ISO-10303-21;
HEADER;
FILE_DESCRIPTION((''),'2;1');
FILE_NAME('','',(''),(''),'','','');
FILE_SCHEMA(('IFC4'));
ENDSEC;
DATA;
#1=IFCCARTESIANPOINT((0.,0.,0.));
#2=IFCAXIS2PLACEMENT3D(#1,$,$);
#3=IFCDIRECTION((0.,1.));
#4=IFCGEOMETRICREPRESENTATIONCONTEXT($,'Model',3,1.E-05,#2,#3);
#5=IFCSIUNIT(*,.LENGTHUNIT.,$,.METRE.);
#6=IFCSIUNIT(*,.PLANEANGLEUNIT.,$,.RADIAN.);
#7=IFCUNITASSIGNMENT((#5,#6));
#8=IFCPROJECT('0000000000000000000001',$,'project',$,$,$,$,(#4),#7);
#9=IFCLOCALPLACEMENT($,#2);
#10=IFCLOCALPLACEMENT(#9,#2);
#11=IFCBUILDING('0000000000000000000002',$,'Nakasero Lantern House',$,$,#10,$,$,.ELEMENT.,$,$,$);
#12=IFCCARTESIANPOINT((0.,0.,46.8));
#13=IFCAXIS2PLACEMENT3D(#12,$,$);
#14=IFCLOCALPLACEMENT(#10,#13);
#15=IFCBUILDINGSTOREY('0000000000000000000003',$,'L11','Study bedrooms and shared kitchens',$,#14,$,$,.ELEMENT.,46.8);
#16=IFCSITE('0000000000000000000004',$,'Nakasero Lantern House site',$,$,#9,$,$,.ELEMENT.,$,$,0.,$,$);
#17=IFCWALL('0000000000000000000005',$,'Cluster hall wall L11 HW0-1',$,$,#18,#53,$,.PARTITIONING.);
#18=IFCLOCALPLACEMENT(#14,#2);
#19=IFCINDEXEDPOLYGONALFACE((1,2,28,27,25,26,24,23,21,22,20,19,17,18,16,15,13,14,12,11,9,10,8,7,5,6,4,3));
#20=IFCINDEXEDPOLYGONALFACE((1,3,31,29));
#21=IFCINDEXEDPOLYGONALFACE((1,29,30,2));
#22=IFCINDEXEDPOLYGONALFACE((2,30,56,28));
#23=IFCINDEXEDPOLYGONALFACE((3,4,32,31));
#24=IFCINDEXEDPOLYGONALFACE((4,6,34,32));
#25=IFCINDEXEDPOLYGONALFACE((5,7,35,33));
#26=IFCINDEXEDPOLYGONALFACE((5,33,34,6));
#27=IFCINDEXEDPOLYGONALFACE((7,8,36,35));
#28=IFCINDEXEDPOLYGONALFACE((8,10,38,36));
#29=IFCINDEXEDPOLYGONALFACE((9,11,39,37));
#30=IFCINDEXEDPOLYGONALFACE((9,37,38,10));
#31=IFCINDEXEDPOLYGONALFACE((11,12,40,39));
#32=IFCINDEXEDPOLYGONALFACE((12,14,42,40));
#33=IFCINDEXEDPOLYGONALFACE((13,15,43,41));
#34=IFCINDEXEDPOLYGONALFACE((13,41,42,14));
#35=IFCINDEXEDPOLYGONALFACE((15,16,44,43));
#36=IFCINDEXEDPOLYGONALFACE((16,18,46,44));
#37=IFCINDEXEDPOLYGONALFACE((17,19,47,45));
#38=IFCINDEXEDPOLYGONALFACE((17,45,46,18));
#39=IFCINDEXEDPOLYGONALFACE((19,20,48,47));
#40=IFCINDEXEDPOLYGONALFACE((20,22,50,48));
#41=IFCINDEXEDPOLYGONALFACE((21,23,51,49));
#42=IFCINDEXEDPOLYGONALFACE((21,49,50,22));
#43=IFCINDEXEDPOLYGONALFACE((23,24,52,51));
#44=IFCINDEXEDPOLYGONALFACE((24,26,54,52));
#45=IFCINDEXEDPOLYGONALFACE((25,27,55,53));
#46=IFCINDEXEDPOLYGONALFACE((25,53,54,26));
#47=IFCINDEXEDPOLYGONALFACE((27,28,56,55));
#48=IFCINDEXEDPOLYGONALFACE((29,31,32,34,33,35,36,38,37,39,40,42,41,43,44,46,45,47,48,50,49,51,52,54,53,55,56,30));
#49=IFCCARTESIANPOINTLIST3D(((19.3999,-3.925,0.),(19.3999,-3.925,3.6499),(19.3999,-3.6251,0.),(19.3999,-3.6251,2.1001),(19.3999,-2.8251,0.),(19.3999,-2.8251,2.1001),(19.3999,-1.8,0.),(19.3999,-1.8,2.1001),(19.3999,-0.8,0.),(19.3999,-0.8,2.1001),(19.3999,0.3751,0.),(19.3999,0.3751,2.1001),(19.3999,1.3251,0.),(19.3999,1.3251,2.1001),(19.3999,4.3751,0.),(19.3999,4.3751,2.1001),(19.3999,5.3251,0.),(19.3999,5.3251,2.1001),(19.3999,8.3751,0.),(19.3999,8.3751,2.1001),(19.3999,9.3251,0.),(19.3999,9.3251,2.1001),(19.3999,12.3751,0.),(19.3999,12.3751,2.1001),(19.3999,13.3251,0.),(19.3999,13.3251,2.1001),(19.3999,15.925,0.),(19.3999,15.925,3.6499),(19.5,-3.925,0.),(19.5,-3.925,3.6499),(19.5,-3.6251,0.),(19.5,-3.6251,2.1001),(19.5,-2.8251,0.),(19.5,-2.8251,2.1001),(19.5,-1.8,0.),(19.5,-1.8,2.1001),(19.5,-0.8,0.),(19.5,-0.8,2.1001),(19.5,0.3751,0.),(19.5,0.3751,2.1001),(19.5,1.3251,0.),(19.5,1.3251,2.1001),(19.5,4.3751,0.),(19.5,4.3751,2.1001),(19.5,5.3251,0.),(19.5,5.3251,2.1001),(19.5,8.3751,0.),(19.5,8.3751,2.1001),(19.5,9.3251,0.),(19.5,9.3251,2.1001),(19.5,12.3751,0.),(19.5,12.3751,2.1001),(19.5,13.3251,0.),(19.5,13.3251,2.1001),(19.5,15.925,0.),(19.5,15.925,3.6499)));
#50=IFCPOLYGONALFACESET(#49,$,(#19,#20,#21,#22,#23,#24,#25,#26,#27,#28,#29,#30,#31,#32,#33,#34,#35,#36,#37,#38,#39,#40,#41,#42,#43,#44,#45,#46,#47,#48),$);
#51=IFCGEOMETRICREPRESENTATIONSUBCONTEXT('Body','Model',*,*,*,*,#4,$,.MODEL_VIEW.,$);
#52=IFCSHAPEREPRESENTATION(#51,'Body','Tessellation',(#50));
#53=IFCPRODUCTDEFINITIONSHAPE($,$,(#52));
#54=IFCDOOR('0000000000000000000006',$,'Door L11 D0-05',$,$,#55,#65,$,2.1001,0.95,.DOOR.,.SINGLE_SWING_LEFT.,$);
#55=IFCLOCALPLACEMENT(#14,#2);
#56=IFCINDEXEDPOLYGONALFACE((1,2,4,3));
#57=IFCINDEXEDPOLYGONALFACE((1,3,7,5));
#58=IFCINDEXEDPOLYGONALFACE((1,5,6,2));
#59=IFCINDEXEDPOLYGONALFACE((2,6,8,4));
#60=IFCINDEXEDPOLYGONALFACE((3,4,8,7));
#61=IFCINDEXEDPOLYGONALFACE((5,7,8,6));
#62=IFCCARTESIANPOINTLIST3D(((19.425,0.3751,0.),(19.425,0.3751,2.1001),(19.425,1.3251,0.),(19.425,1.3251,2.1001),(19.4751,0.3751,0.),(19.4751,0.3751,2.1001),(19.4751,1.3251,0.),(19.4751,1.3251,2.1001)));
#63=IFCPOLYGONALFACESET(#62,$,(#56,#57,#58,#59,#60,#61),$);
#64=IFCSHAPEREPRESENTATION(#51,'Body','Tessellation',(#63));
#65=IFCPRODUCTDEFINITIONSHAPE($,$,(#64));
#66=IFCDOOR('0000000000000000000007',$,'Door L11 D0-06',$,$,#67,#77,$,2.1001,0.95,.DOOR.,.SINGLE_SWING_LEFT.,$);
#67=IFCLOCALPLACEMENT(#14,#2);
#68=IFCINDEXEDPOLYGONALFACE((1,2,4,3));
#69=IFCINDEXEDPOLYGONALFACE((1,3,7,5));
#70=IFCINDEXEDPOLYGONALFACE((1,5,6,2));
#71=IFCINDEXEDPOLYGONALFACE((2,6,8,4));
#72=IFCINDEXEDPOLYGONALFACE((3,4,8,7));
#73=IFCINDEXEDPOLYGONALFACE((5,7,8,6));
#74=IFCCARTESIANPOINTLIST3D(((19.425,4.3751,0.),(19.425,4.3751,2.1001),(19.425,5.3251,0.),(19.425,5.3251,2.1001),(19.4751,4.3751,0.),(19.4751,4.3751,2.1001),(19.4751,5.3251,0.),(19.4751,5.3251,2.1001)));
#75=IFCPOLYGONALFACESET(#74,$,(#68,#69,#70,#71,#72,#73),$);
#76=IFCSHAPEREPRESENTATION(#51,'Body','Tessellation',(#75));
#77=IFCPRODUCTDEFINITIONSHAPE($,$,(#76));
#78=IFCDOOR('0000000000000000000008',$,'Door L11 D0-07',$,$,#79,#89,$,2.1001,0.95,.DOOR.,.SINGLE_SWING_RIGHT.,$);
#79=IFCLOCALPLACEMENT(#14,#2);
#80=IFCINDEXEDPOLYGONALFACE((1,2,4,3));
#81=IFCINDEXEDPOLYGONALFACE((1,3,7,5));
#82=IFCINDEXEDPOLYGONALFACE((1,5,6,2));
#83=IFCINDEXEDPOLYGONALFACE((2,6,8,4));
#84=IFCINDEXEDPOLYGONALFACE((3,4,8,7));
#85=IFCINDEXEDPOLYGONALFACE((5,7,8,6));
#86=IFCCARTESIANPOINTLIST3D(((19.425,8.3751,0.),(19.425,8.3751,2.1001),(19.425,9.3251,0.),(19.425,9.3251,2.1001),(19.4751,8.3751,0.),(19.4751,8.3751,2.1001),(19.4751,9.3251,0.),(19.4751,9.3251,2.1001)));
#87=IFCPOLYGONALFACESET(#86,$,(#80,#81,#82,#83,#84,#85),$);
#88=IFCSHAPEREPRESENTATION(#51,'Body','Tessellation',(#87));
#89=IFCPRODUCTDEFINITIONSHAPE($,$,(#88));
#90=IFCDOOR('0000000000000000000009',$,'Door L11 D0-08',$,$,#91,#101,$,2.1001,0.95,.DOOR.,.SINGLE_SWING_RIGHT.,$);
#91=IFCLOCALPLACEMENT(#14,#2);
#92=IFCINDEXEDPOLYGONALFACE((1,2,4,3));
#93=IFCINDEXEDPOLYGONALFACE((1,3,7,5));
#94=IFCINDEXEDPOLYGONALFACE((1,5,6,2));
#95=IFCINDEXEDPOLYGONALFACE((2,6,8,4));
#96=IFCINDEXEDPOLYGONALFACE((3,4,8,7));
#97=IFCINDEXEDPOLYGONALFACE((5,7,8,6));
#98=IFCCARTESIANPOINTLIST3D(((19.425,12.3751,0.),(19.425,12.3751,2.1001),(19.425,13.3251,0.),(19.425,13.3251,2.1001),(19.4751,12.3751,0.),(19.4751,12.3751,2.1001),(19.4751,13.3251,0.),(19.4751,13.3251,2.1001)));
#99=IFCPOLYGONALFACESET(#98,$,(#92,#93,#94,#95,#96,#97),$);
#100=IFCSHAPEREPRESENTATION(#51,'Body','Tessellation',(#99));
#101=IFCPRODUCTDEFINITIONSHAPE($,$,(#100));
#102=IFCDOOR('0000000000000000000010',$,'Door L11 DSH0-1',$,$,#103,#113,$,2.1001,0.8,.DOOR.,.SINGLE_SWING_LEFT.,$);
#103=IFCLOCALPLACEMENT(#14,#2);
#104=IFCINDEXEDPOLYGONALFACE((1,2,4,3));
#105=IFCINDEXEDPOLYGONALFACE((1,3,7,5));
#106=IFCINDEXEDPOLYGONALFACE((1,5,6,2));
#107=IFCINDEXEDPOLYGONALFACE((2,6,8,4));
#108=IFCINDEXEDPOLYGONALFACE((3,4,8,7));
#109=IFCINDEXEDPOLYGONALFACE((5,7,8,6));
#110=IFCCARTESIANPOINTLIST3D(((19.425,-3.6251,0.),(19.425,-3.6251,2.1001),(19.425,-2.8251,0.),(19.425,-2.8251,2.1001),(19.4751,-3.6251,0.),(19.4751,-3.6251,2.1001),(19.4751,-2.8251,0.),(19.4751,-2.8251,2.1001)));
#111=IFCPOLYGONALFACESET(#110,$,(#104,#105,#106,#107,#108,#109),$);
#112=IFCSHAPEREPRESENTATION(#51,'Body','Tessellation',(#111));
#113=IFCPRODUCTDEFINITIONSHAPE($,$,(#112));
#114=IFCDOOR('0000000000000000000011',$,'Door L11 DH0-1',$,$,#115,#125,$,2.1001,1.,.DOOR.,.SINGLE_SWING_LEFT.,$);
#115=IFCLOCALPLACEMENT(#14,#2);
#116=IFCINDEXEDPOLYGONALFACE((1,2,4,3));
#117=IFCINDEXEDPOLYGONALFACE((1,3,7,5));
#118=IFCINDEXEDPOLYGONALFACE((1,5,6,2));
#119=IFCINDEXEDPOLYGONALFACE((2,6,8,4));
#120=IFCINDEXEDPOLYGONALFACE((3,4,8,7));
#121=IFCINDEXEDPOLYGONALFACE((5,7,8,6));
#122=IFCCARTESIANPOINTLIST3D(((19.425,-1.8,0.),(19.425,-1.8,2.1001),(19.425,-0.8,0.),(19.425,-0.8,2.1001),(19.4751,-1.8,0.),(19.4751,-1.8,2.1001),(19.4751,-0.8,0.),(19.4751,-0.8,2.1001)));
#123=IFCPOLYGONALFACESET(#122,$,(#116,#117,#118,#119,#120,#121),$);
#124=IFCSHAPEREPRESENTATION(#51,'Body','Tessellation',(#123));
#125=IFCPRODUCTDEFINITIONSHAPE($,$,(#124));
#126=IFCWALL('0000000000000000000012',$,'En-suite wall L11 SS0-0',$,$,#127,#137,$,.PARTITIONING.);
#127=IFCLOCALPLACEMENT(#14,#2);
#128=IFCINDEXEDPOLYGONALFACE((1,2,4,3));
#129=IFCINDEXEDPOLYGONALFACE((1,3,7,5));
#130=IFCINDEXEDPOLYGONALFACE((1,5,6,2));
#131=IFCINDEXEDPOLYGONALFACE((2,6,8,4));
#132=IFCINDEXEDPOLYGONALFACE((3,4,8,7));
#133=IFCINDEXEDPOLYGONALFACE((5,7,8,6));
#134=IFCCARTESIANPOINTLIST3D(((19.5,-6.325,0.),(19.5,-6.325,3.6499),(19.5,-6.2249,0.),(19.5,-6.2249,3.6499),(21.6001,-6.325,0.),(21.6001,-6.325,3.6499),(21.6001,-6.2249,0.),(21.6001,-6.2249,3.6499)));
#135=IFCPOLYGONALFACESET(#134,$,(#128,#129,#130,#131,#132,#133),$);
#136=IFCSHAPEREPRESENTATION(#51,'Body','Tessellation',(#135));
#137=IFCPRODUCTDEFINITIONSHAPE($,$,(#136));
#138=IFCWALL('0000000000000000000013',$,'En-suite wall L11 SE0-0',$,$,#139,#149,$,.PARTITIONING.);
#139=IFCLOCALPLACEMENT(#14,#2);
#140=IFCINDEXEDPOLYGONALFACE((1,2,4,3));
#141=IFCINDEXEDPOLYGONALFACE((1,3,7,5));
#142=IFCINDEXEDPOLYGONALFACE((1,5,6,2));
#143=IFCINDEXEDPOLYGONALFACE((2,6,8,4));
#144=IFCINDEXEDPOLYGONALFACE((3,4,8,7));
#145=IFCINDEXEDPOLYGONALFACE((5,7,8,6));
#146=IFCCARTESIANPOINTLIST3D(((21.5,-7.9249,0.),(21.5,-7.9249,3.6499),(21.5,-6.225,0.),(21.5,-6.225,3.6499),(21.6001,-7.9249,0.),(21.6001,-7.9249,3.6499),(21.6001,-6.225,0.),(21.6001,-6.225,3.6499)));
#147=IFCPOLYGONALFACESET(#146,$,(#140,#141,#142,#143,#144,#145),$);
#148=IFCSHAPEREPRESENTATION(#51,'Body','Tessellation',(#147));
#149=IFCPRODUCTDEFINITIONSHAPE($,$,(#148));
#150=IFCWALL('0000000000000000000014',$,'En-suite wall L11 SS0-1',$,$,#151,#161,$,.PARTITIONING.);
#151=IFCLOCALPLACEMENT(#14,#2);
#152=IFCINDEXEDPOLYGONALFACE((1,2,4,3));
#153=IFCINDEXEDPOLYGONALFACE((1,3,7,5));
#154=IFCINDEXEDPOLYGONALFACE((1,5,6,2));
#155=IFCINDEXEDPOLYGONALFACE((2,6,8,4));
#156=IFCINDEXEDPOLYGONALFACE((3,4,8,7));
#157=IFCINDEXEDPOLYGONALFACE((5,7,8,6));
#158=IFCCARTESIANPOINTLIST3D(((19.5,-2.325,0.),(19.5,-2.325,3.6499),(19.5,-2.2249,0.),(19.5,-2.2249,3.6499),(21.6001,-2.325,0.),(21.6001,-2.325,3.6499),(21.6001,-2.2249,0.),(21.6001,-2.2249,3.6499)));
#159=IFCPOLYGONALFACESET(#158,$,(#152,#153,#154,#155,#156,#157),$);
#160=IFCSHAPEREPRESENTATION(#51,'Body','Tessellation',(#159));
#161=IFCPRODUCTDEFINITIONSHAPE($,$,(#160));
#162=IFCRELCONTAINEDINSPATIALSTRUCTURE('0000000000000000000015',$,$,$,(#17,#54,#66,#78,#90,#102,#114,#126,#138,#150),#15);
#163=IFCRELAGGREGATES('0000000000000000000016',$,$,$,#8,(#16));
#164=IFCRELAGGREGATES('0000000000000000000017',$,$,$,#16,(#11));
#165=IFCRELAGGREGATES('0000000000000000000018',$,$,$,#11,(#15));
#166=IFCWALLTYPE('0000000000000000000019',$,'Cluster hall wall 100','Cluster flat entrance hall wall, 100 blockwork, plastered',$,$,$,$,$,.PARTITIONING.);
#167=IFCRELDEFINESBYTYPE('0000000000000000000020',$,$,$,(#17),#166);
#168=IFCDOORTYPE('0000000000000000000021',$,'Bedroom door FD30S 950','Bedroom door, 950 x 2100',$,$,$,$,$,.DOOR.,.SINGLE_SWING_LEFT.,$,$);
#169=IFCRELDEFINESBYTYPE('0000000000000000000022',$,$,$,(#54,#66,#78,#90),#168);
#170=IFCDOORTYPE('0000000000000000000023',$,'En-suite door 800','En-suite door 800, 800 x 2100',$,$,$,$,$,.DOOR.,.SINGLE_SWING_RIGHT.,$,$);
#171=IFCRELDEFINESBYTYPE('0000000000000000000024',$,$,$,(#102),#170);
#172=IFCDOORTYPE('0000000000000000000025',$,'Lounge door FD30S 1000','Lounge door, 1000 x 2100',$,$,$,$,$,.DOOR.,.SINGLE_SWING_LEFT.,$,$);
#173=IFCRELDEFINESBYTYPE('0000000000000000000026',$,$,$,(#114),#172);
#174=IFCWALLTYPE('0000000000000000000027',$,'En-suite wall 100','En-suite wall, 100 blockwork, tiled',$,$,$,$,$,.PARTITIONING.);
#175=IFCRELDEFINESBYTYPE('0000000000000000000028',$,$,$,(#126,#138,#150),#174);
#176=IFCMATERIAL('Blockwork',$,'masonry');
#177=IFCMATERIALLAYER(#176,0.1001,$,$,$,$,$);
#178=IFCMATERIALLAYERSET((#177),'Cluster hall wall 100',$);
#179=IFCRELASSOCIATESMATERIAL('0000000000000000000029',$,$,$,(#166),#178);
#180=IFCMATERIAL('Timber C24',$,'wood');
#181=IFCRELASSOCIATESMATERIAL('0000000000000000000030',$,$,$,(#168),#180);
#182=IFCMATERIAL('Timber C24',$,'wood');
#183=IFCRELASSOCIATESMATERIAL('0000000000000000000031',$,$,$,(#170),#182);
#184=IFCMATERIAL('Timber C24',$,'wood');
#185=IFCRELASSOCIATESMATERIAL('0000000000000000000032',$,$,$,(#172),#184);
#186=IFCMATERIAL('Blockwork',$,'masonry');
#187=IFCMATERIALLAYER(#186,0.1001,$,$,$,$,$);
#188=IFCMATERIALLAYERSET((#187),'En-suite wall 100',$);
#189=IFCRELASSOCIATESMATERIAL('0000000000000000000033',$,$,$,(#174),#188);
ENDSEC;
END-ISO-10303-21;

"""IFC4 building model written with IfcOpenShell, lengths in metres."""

from ifc_helpers import new_model, si_unit, direction, frame, frame_2d, origin, place, context, subcontext, project, spatial, rectangle, extrude, material, layer, layer_set, type_object, element, fill, save


model = new_model("IFC4")

# Units and contexts
model_context = context("Model", 3, precision=1e-05, world=origin(), true_north=direction((0.0, 1.0)))
body_context = subcontext(model_context, "Body", "Model", "MODEL_VIEW")
ifc_project = project(units=[si_unit("LENGTHUNIT", "METRE"), si_unit("PLANEANGLEUNIT", "RADIAN")], contexts=[model_context])

# Site, building, storey
site_placement = place(None, origin())
site = spatial("IfcSite", under=ifc_project, at=site_placement, Name="Nakasero Lantern House site", CompositionType="ELEMENT", RefElevation=0.0)
building_placement = place(site_placement, origin())
building = spatial("IfcBuilding", under=site, at=building_placement, Name="Nakasero Lantern House", CompositionType="ELEMENT")
storey_placement = place(building_placement, frame((0.0, 0.0, 46.8)))
storey = spatial("IfcBuildingStorey", under=building, at=storey_placement, Name="L11", Description="Study bedrooms and shared kitchens", CompositionType="ELEMENT", Elevation=46.8)

# Wall, openings, doors
ifc_material_1 = material(Name="Blockwork", Category="masonry")
ifc_layer_1 = layer(ifc_material_1, 0.1001)
ifc_layer_set_1 = layer_set([ifc_layer_1], Name="Cluster hall wall 100")
wall_type_1 = type_object("IfcWallType", Name="Cluster hall wall 100", Description="Cluster flat entrance hall wall, 100 blockwork, plastered", PredefinedType="PARTITIONING", material=ifc_layer_set_1)
wall_1_placement = place(storey_placement, frame((19.45, -3.925, 0.0), z_axis=(0.0, 0.0, 1.0), x_axis=(0.0, 1.0, 0.0)))
wall_1 = element("IfcWall", 1, at=wall_1_placement, inside=storey, type_object=wall_type_1, Name="Cluster hall wall L11 HW0-1", PredefinedType="PARTITIONING", context=body_context, shape_type="SweptSolid", body=[
    extrude(rectangle(XDim=19.8501, YDim=0.1001, at=frame_2d((9.925, 0.0))), origin(), (0.0, 0.0, 1.0), 3.6499),
])
opening_1_placement = place(wall_1_placement, frame((2.125, 0.0, 0.0)))
opening_1 = element("IfcOpeningElement", 2, at=opening_1_placement, cuts=wall_1, PredefinedType="OPENING", context=body_context, shape_type="SweptSolid", body=[
    extrude(rectangle(XDim=1.0, YDim=2.1001, at=frame_2d((0.5, 1.05))), frame((0.0, 0.0701, 0.0), z_axis=(0.0, -1.0, 0.0), x_axis=(1.0, 0.0, 0.0)), (0.0, 0.0, 1.0), 0.1401),
])
opening_2_placement = place(wall_1_placement, frame((0.3, 0.0, 0.0)))
opening_2 = element("IfcOpeningElement", 3, at=opening_2_placement, cuts=wall_1, PredefinedType="OPENING", context=body_context, shape_type="SweptSolid", body=[
    extrude(rectangle(XDim=0.8, YDim=2.1001, at=frame_2d((0.3999, 1.05))), frame((0.0, 0.0701, 0.0), z_axis=(0.0, -1.0, 0.0), x_axis=(1.0, 0.0, 0.0)), (0.0, 0.0, 1.0), 0.1401),
])
opening_3_placement = place(wall_1_placement, frame((4.3, 0.0, 0.0)))
opening_3 = element("IfcOpeningElement", 4, at=opening_3_placement, cuts=wall_1, PredefinedType="OPENING", context=body_context, shape_type="SweptSolid", body=[
    extrude(rectangle(XDim=0.95, YDim=2.1001, at=frame_2d((0.4751, 1.05))), frame((0.0, 0.0701, 0.0), z_axis=(0.0, -1.0, 0.0), x_axis=(1.0, 0.0, 0.0)), (0.0, 0.0, 1.0), 0.1401),
])
opening_4_placement = place(wall_1_placement, frame((8.3, 0.0, 0.0)))
opening_4 = element("IfcOpeningElement", 5, at=opening_4_placement, cuts=wall_1, PredefinedType="OPENING", context=body_context, shape_type="SweptSolid", body=[
    extrude(rectangle(XDim=0.95, YDim=2.1001, at=frame_2d((0.4751, 1.05))), frame((0.0, 0.0701, 0.0), z_axis=(0.0, -1.0, 0.0), x_axis=(1.0, 0.0, 0.0)), (0.0, 0.0, 1.0), 0.1401),
])
opening_5_placement = place(wall_1_placement, frame((12.3, 0.0, 0.0)))
opening_5 = element("IfcOpeningElement", 6, at=opening_5_placement, cuts=wall_1, PredefinedType="OPENING", context=body_context, shape_type="SweptSolid", body=[
    extrude(rectangle(XDim=0.95, YDim=2.1001, at=frame_2d((0.4751, 1.05))), frame((0.0, 0.0701, 0.0), z_axis=(0.0, -1.0, 0.0), x_axis=(1.0, 0.0, 0.0)), (0.0, 0.0, 1.0), 0.1401),
])
opening_6_placement = place(wall_1_placement, frame((16.3, 0.0, 0.0)))
opening_6 = element("IfcOpeningElement", 7, at=opening_6_placement, cuts=wall_1, PredefinedType="OPENING", context=body_context, shape_type="SweptSolid", body=[
    extrude(rectangle(XDim=0.95, YDim=2.1001, at=frame_2d((0.4751, 1.05))), frame((0.0, 0.0701, 0.0), z_axis=(0.0, -1.0, 0.0), x_axis=(1.0, 0.0, 0.0)), (0.0, 0.0, 1.0), 0.1401),
])
ifc_material_2 = material(Name="Timber C24", Category="wood")
door_type_1 = type_object("IfcDoorType", Name="Bedroom door FD30S 950", Description="Bedroom door, 950 x 2100", OperationType="SINGLE_SWING_LEFT", PredefinedType="DOOR", material=ifc_material_2)
door_1_placement = place(opening_3_placement, origin())
door_1 = element("IfcDoor", 8, at=door_1_placement, inside=storey, type_object=door_type_1, Name="Door L11 D0-05", OperationType="SINGLE_SWING_LEFT", OverallHeight=2.1001, OverallWidth=0.95, PredefinedType="DOOR", context=body_context, shape_type="SweptSolid", body=[
    extrude(rectangle(XDim=0.95, YDim=2.1001, at=frame_2d((0.4751, 1.05))), frame((0.0, 0.0249, 0.0), z_axis=(0.0, -1.0, 0.0), x_axis=(1.0, 0.0, 0.0)), (0.0, 0.0, 1.0), 0.05),
])
fill(opening_3, door_1)
door_2_placement = place(opening_4_placement, origin())
door_2 = element("IfcDoor", 9, at=door_2_placement, inside=storey, type_object=door_type_1, Name="Door L11 D0-06", OperationType="SINGLE_SWING_LEFT", OverallHeight=2.1001, OverallWidth=0.95, PredefinedType="DOOR", context=body_context, shape_type="SweptSolid", body=[
    extrude(rectangle(XDim=0.95, YDim=2.1001, at=frame_2d((0.4751, 1.05))), frame((0.0, 0.0249, 0.0), z_axis=(0.0, -1.0, 0.0), x_axis=(1.0, 0.0, 0.0)), (0.0, 0.0, 1.0), 0.05),
])
fill(opening_4, door_2)
door_3_placement = place(opening_5_placement, origin())
door_3 = element("IfcDoor", 10, at=door_3_placement, inside=storey, type_object=door_type_1, Name="Door L11 D0-07", OperationType="SINGLE_SWING_RIGHT", OverallHeight=2.1001, OverallWidth=0.95, PredefinedType="DOOR", context=body_context, shape_type="SweptSolid", body=[
    extrude(rectangle(XDim=0.95, YDim=2.1001, at=frame_2d((0.4751, 1.05))), frame((0.0, 0.0249, 0.0), z_axis=(0.0, -1.0, 0.0), x_axis=(1.0, 0.0, 0.0)), (0.0, 0.0, 1.0), 0.05),
])
fill(opening_5, door_3)
door_4_placement = place(opening_6_placement, origin())
door_4 = element("IfcDoor", 11, at=door_4_placement, inside=storey, type_object=door_type_1, Name="Door L11 D0-08", OperationType="SINGLE_SWING_RIGHT", OverallHeight=2.1001, OverallWidth=0.95, PredefinedType="DOOR", context=body_context, shape_type="SweptSolid", body=[
    extrude(rectangle(XDim=0.95, YDim=2.1001, at=frame_2d((0.4751, 1.05))), frame((0.0, 0.0249, 0.0), z_axis=(0.0, -1.0, 0.0), x_axis=(1.0, 0.0, 0.0)), (0.0, 0.0, 1.0), 0.05),
])
fill(opening_6, door_4)
ifc_material_3 = material(Name="Timber C24", Category="wood")
door_type_2 = type_object("IfcDoorType", Name="En-suite door 800", Description="En-suite door 800, 800 x 2100", OperationType="SINGLE_SWING_RIGHT", PredefinedType="DOOR", material=ifc_material_3)
door_5_placement = place(opening_2_placement, origin())
door_5 = element("IfcDoor", 12, at=door_5_placement, inside=storey, type_object=door_type_2, Name="Door L11 DSH0-1", OperationType="SINGLE_SWING_LEFT", OverallHeight=2.1001, OverallWidth=0.8, PredefinedType="DOOR", context=body_context, shape_type="SweptSolid", body=[
    extrude(rectangle(XDim=0.8, YDim=2.1001, at=frame_2d((0.3999, 1.05))), frame((0.0, 0.0249, 0.0), z_axis=(0.0, -1.0, 0.0), x_axis=(1.0, 0.0, 0.0)), (0.0, 0.0, 1.0), 0.05),
])
fill(opening_2, door_5)
ifc_material_4 = material(Name="Timber C24", Category="wood")
door_type_3 = type_object("IfcDoorType", Name="Lounge door FD30S 1000", Description="Lounge door, 1000 x 2100", OperationType="SINGLE_SWING_LEFT", PredefinedType="DOOR", material=ifc_material_4)
door_6_placement = place(opening_1_placement, origin())
door_6 = element("IfcDoor", 13, at=door_6_placement, inside=storey, type_object=door_type_3, Name="Door L11 DH0-1", OperationType="SINGLE_SWING_LEFT", OverallHeight=2.1001, OverallWidth=1.0, PredefinedType="DOOR", context=body_context, shape_type="SweptSolid", body=[
    extrude(rectangle(XDim=1.0, YDim=2.1001, at=frame_2d((0.5, 1.05))), frame((0.0, 0.0249, 0.0), z_axis=(0.0, -1.0, 0.0), x_axis=(1.0, 0.0, 0.0)), (0.0, 0.0, 1.0), 0.05),
])
fill(opening_1, door_6)

# Walls
ifc_material_5 = material(Name="Blockwork", Category="masonry")
ifc_layer_2 = layer(ifc_material_5, 0.1001)
ifc_layer_set_2 = layer_set([ifc_layer_2], Name="En-suite wall 100")
wall_type_2 = type_object("IfcWallType", Name="En-suite wall 100", Description="En-suite wall, 100 blockwork, tiled", PredefinedType="PARTITIONING", material=ifc_layer_set_2)
wall_2_placement = place(storey_placement, frame((19.5, -6.2749, 0.0), z_axis=(0.0, 0.0, 1.0), x_axis=(1.0, 0.0, 0.0)))
element("IfcWall", 14, at=wall_2_placement, inside=storey, type_object=wall_type_2, Name="En-suite wall L11 SS0-0", PredefinedType="PARTITIONING", context=body_context, shape_type="SweptSolid", body=[
    extrude(rectangle(XDim=2.1001, YDim=0.1001, at=frame_2d((1.05, 0.0))), origin(), (0.0, 0.0, 1.0), 3.6499),
])
wall_3_placement = place(storey_placement, frame((21.55, -7.925, 0.0), z_axis=(0.0, 0.0, 1.0), x_axis=(0.0, 1.0, 0.0)))
element("IfcWall", 15, at=wall_3_placement, inside=storey, type_object=wall_type_2, Name="En-suite wall L11 SE0-0", PredefinedType="PARTITIONING", context=body_context, shape_type="SweptSolid", body=[
    extrude(rectangle(XDim=1.7, YDim=0.1001, at=frame_2d((0.8501, 0.0))), origin(), (0.0, 0.0, 1.0), 3.6499),
])
wall_4_placement = place(storey_placement, frame((19.5, -2.2749, 0.0), z_axis=(0.0, 0.0, 1.0), x_axis=(1.0, 0.0, 0.0)))
element("IfcWall", 16, at=wall_4_placement, inside=storey, type_object=wall_type_2, Name="En-suite wall L11 SS0-1", PredefinedType="PARTITIONING", context=body_context, shape_type="SweptSolid", body=[
    extrude(rectangle(XDim=2.1001, YDim=0.1001, at=frame_2d((1.05, 0.0))), origin(), (0.0, 0.0, 1.0), 3.6499),
])

save(model, "model.ifc")
